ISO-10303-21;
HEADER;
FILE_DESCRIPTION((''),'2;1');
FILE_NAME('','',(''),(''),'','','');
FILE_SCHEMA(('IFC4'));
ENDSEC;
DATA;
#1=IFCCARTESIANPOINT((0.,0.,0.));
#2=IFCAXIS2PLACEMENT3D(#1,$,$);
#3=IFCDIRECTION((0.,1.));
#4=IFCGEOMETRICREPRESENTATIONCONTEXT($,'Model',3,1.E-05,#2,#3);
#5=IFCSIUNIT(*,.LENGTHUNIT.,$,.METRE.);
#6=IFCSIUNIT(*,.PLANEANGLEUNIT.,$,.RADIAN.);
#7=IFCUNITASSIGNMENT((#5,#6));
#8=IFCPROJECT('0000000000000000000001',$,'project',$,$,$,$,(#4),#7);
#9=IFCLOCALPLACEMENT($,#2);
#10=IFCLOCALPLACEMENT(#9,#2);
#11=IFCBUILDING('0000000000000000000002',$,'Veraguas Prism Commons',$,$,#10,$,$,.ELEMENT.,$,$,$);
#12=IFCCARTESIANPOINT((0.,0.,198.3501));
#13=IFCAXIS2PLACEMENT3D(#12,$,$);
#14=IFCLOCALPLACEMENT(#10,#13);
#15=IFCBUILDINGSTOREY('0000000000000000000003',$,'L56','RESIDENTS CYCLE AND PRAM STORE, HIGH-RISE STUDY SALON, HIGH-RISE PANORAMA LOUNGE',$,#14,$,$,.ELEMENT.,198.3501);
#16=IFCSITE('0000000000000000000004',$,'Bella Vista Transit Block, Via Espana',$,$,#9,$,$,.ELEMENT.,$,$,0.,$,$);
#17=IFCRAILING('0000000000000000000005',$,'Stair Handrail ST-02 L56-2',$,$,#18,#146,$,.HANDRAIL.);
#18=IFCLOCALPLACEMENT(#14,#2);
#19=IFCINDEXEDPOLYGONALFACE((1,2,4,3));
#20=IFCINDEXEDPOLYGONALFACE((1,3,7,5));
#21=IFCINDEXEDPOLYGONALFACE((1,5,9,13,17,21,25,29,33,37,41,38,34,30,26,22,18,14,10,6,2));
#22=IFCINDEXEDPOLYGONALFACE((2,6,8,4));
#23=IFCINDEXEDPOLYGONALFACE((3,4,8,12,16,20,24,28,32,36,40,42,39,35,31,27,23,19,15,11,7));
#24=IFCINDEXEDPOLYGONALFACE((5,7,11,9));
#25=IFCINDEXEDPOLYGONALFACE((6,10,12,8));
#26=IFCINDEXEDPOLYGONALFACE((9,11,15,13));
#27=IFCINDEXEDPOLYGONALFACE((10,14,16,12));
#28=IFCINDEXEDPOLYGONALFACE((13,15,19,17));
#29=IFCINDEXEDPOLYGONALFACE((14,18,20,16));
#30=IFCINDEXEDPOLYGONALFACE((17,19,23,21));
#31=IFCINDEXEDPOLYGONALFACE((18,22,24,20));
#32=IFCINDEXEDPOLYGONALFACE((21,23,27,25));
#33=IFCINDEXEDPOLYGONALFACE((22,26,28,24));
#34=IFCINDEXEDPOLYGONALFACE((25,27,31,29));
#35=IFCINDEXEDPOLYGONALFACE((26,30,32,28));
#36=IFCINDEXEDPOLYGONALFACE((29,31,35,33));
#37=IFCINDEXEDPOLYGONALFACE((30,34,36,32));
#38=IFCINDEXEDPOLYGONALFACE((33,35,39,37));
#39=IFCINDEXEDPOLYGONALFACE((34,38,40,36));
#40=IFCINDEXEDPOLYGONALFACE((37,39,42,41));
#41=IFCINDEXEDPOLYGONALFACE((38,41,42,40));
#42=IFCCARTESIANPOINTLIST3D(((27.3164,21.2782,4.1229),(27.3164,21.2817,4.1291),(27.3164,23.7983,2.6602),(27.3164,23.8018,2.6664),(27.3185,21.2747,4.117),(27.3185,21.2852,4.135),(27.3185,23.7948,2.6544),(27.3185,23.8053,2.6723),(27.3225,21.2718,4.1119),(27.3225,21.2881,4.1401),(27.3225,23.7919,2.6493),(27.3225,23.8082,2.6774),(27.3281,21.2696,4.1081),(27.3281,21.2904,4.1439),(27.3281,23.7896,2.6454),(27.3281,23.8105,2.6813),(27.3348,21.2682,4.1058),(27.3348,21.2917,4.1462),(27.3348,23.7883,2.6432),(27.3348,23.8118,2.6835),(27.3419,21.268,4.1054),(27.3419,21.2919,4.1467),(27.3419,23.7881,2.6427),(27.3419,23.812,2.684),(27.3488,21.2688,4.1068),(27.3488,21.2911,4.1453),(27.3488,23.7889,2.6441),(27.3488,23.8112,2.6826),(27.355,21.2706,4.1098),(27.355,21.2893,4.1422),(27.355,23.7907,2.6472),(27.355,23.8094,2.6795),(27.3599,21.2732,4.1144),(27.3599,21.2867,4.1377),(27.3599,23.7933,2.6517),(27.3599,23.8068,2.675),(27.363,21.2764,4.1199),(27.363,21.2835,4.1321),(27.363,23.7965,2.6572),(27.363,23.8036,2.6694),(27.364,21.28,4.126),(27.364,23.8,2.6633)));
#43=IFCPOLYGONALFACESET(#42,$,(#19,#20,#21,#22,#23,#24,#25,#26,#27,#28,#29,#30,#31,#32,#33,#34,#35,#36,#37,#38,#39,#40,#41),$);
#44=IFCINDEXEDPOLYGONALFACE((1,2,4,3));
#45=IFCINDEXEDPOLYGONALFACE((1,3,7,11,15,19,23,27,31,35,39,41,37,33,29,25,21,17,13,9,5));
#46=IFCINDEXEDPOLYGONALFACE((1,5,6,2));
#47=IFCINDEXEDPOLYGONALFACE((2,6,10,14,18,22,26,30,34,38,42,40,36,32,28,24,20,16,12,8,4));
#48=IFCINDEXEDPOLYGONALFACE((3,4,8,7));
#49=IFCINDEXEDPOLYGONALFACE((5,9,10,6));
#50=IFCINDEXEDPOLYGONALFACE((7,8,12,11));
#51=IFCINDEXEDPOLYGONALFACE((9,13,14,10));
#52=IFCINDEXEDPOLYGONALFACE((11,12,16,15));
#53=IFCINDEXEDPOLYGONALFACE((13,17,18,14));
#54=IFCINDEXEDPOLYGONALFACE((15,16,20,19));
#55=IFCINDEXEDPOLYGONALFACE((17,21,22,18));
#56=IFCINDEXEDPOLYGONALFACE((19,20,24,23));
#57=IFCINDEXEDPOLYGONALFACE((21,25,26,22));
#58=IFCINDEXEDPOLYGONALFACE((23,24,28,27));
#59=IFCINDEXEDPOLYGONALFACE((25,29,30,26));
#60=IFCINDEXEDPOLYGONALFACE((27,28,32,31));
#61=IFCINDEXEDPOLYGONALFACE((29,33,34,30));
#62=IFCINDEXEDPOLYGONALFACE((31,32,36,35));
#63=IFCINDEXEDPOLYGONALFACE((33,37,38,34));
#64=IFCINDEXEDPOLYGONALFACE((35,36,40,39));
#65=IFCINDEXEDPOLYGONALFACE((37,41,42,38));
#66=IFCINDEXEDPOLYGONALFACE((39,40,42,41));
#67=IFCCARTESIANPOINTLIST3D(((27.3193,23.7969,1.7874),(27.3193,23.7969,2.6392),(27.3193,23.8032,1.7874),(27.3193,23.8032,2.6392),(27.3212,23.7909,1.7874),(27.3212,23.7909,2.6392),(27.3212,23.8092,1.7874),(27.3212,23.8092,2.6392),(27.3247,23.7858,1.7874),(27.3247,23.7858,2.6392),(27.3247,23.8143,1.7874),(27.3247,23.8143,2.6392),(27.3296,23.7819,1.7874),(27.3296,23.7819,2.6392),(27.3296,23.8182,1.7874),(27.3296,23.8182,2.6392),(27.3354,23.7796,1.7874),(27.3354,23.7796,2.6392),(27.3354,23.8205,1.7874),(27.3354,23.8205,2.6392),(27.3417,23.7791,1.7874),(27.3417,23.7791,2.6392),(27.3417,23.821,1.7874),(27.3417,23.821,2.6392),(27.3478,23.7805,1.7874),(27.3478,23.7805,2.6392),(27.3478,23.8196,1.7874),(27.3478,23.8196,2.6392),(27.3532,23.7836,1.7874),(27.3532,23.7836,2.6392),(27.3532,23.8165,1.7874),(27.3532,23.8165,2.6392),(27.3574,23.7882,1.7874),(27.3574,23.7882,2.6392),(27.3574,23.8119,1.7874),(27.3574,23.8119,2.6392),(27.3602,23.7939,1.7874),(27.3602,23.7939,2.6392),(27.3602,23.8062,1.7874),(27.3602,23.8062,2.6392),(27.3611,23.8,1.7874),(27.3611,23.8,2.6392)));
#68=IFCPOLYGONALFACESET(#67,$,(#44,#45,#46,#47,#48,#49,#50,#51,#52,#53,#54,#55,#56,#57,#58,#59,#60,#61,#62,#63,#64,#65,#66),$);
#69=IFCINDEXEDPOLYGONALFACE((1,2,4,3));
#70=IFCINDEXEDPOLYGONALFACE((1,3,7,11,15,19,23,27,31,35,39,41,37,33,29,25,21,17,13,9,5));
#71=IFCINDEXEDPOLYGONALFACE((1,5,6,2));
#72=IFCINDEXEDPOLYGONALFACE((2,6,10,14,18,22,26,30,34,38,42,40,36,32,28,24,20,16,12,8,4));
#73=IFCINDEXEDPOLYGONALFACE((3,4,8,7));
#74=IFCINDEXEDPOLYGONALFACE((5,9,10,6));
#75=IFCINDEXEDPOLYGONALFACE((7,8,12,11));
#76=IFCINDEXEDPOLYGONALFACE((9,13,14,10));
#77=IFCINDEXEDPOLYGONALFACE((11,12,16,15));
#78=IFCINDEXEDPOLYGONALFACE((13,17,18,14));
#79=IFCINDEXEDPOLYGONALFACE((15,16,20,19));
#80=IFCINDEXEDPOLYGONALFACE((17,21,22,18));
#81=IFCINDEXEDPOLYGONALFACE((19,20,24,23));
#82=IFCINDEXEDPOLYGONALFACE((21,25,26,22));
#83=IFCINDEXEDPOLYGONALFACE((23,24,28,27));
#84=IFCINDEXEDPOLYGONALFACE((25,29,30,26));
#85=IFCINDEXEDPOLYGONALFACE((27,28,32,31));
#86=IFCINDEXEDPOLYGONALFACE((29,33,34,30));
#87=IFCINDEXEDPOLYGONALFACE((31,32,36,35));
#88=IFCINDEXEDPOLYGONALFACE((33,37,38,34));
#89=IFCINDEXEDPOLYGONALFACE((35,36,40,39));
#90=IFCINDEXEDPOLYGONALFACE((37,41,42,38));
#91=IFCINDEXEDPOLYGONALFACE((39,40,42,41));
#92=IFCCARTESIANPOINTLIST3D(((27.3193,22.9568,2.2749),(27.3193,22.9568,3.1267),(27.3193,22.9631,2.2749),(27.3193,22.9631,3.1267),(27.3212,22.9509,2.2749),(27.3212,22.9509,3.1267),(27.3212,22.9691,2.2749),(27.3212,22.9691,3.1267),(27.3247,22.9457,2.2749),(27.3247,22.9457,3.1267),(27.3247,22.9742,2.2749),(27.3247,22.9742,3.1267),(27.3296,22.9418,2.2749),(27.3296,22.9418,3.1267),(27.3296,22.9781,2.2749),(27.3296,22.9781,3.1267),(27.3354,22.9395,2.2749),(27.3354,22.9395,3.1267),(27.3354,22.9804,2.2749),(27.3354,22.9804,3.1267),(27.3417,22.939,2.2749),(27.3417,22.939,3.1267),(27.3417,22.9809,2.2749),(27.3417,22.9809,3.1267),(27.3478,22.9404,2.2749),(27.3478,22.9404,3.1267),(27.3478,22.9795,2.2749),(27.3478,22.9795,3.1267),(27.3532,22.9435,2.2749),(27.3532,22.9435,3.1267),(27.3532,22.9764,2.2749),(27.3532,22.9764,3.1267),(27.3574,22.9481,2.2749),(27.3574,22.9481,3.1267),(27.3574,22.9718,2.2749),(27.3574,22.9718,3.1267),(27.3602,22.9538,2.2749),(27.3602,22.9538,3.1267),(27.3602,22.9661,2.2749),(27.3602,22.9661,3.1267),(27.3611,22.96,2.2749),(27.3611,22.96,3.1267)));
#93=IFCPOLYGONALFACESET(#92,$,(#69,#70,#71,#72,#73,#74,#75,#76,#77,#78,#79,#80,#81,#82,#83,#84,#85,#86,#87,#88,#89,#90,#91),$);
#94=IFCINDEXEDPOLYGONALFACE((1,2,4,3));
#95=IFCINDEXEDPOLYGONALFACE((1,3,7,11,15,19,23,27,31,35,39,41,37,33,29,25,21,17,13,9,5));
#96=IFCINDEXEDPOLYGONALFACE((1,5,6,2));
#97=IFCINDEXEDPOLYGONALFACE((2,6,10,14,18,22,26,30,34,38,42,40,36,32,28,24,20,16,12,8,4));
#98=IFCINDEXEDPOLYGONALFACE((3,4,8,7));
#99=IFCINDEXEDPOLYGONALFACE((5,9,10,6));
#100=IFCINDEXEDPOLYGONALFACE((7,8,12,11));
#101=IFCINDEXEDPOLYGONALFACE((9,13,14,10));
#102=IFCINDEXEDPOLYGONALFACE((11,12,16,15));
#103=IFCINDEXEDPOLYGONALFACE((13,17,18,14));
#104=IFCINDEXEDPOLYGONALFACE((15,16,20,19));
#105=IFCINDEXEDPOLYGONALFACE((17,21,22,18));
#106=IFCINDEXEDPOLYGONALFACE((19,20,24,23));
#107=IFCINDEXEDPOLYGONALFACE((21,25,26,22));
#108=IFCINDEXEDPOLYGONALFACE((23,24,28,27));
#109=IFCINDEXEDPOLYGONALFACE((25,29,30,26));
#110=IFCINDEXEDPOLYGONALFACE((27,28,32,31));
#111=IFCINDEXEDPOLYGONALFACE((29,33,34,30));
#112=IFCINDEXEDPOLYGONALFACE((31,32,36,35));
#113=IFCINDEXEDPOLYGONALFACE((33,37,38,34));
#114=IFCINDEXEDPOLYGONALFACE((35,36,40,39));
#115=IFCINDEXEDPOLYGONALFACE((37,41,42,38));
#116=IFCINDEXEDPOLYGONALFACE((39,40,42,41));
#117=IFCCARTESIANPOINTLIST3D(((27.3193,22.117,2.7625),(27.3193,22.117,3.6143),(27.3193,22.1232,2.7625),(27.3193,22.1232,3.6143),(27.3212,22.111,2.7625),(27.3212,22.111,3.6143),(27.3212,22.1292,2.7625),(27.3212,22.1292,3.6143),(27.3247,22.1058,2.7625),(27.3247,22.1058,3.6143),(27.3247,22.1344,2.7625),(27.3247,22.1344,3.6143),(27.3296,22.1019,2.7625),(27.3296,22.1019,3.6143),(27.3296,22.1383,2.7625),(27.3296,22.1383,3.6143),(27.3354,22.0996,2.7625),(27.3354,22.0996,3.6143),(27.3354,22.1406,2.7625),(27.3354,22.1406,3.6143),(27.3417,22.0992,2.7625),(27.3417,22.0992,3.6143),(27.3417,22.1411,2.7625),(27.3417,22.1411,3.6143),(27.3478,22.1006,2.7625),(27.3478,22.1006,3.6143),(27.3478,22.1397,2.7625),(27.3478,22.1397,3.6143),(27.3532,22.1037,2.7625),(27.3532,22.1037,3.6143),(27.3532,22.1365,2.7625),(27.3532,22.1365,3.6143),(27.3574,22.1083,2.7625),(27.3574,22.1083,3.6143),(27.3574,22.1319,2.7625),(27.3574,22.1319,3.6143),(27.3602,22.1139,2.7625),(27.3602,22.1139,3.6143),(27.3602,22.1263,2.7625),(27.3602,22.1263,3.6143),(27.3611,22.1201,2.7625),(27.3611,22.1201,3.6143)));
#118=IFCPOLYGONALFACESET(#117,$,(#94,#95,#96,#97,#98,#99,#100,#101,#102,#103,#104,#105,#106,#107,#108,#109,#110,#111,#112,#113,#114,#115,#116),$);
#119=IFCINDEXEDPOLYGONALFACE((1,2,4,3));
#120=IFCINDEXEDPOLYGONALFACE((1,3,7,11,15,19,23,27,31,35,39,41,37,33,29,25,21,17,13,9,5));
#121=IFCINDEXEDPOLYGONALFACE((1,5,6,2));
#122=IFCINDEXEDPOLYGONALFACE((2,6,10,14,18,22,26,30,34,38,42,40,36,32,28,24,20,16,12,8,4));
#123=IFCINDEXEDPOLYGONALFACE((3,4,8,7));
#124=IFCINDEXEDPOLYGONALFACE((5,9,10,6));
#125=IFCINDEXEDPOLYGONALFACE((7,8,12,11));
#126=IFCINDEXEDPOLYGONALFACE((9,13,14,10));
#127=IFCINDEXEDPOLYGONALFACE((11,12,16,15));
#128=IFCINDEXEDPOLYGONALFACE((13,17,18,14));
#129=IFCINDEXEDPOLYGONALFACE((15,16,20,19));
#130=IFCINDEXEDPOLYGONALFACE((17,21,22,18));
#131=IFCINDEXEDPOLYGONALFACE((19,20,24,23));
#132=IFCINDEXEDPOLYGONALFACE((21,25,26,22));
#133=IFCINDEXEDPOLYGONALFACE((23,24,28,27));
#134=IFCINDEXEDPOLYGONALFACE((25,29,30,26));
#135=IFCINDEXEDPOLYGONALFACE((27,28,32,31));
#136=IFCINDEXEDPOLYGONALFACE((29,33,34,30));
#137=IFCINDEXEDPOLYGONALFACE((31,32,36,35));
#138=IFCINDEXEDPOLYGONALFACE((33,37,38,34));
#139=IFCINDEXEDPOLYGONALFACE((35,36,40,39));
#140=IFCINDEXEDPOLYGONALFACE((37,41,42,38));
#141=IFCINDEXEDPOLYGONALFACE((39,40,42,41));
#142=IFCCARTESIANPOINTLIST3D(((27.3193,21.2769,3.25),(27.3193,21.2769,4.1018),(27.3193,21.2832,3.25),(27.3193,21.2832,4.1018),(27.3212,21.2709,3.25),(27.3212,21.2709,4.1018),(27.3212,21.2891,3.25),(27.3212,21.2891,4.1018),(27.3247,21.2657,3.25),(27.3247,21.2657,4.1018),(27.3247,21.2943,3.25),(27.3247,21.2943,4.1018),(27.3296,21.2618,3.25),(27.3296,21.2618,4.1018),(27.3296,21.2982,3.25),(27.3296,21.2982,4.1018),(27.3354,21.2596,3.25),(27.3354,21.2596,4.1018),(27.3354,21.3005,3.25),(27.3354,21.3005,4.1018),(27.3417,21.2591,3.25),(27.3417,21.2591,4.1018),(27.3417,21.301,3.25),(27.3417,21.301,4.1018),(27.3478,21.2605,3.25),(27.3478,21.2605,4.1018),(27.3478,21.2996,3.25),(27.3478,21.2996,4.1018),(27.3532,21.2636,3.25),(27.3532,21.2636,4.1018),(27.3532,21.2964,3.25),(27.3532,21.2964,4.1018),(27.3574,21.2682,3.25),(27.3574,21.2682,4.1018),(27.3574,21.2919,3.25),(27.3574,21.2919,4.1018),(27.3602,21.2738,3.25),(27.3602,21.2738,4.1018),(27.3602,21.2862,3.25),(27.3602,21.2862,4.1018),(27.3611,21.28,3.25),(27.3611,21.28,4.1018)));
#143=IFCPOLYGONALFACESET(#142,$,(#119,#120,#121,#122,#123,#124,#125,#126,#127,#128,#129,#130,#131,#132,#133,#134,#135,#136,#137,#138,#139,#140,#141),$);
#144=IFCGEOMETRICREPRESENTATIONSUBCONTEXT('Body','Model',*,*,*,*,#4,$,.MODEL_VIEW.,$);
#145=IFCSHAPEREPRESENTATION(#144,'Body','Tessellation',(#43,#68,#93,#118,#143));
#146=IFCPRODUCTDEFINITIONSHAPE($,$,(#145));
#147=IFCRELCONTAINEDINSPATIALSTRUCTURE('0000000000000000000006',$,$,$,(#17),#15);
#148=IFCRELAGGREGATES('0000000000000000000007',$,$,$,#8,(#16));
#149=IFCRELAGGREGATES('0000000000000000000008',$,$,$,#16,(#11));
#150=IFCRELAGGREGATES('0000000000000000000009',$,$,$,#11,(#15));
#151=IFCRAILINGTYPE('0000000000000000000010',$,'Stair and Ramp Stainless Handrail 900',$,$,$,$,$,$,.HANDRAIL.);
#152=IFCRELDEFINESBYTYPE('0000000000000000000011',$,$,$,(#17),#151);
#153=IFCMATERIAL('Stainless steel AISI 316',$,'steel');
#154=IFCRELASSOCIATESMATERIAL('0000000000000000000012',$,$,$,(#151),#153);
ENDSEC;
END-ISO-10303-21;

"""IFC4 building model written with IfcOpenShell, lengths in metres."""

from ifc_helpers import new_model, si_unit, direction, frame, origin, origin_2d, place, context, subcontext, project, spatial, circle, extrude, material, type_object, element, save


model = new_model("IFC4")

# Units and contexts
model_context = context("Model", 3, precision=1e-05, world=origin(), true_north=direction((0.0, 1.0)))
body_context = subcontext(model_context, "Body", "Model", "MODEL_VIEW")
ifc_project = project(units=[si_unit("LENGTHUNIT", "METRE"), si_unit("PLANEANGLEUNIT", "RADIAN")], contexts=[model_context])

# Site, building, storey
site_placement = place(None, origin())
site = spatial("IfcSite", under=ifc_project, at=site_placement, Name="Bella Vista Transit Block, Via Espana", CompositionType="ELEMENT", RefElevation=0.0)
building_placement = place(site_placement, origin())
building = spatial("IfcBuilding", under=site, at=building_placement, Name="Veraguas Prism Commons", CompositionType="ELEMENT")
storey_placement = place(building_placement, frame((0.0, 0.0, 198.3501)))
storey = spatial("IfcBuildingStorey", under=building, at=storey_placement, Name="L56", Description="RESIDENTS CYCLE AND PRAM STORE, HIGH-RISE STUDY SALON, HIGH-RISE PANORAMA LOUNGE", CompositionType="ELEMENT", Elevation=198.3501)

# Railing
ifc_material_1 = material(Name="Stainless steel AISI 316", Category="steel")
railing_type_1 = type_object("IfcRailingType", Name="Stair and Ramp Stainless Handrail 900", PredefinedType="HANDRAIL", material=ifc_material_1)
railing_1_placement = place(storey_placement, frame((27.3401, 23.8, 1.7874)))
element("IfcRailing", 1, at=railing_1_placement, inside=storey, type_object=railing_type_1, Name="Stair Handrail ST-02 L56-2", PredefinedType="HANDRAIL", context=body_context, shape_type="SweptSolid", body=[
    extrude(circle(Radius=0.0239, at=origin_2d()), frame((0.0, 0.0, 0.876), z_axis=(0.0, -0.864877, 0.501984), x_axis=(1.0, 0.0, 0.0)), (0.0, 0.0, 1.0), 2.9138),
    extrude(circle(Radius=0.021, at=origin_2d()), origin(), (0.0, 0.0, 1.0), 0.8518),
    extrude(circle(Radius=0.021, at=origin_2d()), frame((0.0, -0.8401, 0.4875)), (0.0, 0.0, 1.0), 0.8518),
    extrude(circle(Radius=0.021, at=origin_2d()), frame((0.0, -1.6799, 0.9751)), (0.0, 0.0, 1.0), 0.8518),
    extrude(circle(Radius=0.021, at=origin_2d()), frame((0.0, -2.52, 1.4626)), (0.0, 0.0, 1.0), 0.8518),
])

save(model, "model.ifc")
